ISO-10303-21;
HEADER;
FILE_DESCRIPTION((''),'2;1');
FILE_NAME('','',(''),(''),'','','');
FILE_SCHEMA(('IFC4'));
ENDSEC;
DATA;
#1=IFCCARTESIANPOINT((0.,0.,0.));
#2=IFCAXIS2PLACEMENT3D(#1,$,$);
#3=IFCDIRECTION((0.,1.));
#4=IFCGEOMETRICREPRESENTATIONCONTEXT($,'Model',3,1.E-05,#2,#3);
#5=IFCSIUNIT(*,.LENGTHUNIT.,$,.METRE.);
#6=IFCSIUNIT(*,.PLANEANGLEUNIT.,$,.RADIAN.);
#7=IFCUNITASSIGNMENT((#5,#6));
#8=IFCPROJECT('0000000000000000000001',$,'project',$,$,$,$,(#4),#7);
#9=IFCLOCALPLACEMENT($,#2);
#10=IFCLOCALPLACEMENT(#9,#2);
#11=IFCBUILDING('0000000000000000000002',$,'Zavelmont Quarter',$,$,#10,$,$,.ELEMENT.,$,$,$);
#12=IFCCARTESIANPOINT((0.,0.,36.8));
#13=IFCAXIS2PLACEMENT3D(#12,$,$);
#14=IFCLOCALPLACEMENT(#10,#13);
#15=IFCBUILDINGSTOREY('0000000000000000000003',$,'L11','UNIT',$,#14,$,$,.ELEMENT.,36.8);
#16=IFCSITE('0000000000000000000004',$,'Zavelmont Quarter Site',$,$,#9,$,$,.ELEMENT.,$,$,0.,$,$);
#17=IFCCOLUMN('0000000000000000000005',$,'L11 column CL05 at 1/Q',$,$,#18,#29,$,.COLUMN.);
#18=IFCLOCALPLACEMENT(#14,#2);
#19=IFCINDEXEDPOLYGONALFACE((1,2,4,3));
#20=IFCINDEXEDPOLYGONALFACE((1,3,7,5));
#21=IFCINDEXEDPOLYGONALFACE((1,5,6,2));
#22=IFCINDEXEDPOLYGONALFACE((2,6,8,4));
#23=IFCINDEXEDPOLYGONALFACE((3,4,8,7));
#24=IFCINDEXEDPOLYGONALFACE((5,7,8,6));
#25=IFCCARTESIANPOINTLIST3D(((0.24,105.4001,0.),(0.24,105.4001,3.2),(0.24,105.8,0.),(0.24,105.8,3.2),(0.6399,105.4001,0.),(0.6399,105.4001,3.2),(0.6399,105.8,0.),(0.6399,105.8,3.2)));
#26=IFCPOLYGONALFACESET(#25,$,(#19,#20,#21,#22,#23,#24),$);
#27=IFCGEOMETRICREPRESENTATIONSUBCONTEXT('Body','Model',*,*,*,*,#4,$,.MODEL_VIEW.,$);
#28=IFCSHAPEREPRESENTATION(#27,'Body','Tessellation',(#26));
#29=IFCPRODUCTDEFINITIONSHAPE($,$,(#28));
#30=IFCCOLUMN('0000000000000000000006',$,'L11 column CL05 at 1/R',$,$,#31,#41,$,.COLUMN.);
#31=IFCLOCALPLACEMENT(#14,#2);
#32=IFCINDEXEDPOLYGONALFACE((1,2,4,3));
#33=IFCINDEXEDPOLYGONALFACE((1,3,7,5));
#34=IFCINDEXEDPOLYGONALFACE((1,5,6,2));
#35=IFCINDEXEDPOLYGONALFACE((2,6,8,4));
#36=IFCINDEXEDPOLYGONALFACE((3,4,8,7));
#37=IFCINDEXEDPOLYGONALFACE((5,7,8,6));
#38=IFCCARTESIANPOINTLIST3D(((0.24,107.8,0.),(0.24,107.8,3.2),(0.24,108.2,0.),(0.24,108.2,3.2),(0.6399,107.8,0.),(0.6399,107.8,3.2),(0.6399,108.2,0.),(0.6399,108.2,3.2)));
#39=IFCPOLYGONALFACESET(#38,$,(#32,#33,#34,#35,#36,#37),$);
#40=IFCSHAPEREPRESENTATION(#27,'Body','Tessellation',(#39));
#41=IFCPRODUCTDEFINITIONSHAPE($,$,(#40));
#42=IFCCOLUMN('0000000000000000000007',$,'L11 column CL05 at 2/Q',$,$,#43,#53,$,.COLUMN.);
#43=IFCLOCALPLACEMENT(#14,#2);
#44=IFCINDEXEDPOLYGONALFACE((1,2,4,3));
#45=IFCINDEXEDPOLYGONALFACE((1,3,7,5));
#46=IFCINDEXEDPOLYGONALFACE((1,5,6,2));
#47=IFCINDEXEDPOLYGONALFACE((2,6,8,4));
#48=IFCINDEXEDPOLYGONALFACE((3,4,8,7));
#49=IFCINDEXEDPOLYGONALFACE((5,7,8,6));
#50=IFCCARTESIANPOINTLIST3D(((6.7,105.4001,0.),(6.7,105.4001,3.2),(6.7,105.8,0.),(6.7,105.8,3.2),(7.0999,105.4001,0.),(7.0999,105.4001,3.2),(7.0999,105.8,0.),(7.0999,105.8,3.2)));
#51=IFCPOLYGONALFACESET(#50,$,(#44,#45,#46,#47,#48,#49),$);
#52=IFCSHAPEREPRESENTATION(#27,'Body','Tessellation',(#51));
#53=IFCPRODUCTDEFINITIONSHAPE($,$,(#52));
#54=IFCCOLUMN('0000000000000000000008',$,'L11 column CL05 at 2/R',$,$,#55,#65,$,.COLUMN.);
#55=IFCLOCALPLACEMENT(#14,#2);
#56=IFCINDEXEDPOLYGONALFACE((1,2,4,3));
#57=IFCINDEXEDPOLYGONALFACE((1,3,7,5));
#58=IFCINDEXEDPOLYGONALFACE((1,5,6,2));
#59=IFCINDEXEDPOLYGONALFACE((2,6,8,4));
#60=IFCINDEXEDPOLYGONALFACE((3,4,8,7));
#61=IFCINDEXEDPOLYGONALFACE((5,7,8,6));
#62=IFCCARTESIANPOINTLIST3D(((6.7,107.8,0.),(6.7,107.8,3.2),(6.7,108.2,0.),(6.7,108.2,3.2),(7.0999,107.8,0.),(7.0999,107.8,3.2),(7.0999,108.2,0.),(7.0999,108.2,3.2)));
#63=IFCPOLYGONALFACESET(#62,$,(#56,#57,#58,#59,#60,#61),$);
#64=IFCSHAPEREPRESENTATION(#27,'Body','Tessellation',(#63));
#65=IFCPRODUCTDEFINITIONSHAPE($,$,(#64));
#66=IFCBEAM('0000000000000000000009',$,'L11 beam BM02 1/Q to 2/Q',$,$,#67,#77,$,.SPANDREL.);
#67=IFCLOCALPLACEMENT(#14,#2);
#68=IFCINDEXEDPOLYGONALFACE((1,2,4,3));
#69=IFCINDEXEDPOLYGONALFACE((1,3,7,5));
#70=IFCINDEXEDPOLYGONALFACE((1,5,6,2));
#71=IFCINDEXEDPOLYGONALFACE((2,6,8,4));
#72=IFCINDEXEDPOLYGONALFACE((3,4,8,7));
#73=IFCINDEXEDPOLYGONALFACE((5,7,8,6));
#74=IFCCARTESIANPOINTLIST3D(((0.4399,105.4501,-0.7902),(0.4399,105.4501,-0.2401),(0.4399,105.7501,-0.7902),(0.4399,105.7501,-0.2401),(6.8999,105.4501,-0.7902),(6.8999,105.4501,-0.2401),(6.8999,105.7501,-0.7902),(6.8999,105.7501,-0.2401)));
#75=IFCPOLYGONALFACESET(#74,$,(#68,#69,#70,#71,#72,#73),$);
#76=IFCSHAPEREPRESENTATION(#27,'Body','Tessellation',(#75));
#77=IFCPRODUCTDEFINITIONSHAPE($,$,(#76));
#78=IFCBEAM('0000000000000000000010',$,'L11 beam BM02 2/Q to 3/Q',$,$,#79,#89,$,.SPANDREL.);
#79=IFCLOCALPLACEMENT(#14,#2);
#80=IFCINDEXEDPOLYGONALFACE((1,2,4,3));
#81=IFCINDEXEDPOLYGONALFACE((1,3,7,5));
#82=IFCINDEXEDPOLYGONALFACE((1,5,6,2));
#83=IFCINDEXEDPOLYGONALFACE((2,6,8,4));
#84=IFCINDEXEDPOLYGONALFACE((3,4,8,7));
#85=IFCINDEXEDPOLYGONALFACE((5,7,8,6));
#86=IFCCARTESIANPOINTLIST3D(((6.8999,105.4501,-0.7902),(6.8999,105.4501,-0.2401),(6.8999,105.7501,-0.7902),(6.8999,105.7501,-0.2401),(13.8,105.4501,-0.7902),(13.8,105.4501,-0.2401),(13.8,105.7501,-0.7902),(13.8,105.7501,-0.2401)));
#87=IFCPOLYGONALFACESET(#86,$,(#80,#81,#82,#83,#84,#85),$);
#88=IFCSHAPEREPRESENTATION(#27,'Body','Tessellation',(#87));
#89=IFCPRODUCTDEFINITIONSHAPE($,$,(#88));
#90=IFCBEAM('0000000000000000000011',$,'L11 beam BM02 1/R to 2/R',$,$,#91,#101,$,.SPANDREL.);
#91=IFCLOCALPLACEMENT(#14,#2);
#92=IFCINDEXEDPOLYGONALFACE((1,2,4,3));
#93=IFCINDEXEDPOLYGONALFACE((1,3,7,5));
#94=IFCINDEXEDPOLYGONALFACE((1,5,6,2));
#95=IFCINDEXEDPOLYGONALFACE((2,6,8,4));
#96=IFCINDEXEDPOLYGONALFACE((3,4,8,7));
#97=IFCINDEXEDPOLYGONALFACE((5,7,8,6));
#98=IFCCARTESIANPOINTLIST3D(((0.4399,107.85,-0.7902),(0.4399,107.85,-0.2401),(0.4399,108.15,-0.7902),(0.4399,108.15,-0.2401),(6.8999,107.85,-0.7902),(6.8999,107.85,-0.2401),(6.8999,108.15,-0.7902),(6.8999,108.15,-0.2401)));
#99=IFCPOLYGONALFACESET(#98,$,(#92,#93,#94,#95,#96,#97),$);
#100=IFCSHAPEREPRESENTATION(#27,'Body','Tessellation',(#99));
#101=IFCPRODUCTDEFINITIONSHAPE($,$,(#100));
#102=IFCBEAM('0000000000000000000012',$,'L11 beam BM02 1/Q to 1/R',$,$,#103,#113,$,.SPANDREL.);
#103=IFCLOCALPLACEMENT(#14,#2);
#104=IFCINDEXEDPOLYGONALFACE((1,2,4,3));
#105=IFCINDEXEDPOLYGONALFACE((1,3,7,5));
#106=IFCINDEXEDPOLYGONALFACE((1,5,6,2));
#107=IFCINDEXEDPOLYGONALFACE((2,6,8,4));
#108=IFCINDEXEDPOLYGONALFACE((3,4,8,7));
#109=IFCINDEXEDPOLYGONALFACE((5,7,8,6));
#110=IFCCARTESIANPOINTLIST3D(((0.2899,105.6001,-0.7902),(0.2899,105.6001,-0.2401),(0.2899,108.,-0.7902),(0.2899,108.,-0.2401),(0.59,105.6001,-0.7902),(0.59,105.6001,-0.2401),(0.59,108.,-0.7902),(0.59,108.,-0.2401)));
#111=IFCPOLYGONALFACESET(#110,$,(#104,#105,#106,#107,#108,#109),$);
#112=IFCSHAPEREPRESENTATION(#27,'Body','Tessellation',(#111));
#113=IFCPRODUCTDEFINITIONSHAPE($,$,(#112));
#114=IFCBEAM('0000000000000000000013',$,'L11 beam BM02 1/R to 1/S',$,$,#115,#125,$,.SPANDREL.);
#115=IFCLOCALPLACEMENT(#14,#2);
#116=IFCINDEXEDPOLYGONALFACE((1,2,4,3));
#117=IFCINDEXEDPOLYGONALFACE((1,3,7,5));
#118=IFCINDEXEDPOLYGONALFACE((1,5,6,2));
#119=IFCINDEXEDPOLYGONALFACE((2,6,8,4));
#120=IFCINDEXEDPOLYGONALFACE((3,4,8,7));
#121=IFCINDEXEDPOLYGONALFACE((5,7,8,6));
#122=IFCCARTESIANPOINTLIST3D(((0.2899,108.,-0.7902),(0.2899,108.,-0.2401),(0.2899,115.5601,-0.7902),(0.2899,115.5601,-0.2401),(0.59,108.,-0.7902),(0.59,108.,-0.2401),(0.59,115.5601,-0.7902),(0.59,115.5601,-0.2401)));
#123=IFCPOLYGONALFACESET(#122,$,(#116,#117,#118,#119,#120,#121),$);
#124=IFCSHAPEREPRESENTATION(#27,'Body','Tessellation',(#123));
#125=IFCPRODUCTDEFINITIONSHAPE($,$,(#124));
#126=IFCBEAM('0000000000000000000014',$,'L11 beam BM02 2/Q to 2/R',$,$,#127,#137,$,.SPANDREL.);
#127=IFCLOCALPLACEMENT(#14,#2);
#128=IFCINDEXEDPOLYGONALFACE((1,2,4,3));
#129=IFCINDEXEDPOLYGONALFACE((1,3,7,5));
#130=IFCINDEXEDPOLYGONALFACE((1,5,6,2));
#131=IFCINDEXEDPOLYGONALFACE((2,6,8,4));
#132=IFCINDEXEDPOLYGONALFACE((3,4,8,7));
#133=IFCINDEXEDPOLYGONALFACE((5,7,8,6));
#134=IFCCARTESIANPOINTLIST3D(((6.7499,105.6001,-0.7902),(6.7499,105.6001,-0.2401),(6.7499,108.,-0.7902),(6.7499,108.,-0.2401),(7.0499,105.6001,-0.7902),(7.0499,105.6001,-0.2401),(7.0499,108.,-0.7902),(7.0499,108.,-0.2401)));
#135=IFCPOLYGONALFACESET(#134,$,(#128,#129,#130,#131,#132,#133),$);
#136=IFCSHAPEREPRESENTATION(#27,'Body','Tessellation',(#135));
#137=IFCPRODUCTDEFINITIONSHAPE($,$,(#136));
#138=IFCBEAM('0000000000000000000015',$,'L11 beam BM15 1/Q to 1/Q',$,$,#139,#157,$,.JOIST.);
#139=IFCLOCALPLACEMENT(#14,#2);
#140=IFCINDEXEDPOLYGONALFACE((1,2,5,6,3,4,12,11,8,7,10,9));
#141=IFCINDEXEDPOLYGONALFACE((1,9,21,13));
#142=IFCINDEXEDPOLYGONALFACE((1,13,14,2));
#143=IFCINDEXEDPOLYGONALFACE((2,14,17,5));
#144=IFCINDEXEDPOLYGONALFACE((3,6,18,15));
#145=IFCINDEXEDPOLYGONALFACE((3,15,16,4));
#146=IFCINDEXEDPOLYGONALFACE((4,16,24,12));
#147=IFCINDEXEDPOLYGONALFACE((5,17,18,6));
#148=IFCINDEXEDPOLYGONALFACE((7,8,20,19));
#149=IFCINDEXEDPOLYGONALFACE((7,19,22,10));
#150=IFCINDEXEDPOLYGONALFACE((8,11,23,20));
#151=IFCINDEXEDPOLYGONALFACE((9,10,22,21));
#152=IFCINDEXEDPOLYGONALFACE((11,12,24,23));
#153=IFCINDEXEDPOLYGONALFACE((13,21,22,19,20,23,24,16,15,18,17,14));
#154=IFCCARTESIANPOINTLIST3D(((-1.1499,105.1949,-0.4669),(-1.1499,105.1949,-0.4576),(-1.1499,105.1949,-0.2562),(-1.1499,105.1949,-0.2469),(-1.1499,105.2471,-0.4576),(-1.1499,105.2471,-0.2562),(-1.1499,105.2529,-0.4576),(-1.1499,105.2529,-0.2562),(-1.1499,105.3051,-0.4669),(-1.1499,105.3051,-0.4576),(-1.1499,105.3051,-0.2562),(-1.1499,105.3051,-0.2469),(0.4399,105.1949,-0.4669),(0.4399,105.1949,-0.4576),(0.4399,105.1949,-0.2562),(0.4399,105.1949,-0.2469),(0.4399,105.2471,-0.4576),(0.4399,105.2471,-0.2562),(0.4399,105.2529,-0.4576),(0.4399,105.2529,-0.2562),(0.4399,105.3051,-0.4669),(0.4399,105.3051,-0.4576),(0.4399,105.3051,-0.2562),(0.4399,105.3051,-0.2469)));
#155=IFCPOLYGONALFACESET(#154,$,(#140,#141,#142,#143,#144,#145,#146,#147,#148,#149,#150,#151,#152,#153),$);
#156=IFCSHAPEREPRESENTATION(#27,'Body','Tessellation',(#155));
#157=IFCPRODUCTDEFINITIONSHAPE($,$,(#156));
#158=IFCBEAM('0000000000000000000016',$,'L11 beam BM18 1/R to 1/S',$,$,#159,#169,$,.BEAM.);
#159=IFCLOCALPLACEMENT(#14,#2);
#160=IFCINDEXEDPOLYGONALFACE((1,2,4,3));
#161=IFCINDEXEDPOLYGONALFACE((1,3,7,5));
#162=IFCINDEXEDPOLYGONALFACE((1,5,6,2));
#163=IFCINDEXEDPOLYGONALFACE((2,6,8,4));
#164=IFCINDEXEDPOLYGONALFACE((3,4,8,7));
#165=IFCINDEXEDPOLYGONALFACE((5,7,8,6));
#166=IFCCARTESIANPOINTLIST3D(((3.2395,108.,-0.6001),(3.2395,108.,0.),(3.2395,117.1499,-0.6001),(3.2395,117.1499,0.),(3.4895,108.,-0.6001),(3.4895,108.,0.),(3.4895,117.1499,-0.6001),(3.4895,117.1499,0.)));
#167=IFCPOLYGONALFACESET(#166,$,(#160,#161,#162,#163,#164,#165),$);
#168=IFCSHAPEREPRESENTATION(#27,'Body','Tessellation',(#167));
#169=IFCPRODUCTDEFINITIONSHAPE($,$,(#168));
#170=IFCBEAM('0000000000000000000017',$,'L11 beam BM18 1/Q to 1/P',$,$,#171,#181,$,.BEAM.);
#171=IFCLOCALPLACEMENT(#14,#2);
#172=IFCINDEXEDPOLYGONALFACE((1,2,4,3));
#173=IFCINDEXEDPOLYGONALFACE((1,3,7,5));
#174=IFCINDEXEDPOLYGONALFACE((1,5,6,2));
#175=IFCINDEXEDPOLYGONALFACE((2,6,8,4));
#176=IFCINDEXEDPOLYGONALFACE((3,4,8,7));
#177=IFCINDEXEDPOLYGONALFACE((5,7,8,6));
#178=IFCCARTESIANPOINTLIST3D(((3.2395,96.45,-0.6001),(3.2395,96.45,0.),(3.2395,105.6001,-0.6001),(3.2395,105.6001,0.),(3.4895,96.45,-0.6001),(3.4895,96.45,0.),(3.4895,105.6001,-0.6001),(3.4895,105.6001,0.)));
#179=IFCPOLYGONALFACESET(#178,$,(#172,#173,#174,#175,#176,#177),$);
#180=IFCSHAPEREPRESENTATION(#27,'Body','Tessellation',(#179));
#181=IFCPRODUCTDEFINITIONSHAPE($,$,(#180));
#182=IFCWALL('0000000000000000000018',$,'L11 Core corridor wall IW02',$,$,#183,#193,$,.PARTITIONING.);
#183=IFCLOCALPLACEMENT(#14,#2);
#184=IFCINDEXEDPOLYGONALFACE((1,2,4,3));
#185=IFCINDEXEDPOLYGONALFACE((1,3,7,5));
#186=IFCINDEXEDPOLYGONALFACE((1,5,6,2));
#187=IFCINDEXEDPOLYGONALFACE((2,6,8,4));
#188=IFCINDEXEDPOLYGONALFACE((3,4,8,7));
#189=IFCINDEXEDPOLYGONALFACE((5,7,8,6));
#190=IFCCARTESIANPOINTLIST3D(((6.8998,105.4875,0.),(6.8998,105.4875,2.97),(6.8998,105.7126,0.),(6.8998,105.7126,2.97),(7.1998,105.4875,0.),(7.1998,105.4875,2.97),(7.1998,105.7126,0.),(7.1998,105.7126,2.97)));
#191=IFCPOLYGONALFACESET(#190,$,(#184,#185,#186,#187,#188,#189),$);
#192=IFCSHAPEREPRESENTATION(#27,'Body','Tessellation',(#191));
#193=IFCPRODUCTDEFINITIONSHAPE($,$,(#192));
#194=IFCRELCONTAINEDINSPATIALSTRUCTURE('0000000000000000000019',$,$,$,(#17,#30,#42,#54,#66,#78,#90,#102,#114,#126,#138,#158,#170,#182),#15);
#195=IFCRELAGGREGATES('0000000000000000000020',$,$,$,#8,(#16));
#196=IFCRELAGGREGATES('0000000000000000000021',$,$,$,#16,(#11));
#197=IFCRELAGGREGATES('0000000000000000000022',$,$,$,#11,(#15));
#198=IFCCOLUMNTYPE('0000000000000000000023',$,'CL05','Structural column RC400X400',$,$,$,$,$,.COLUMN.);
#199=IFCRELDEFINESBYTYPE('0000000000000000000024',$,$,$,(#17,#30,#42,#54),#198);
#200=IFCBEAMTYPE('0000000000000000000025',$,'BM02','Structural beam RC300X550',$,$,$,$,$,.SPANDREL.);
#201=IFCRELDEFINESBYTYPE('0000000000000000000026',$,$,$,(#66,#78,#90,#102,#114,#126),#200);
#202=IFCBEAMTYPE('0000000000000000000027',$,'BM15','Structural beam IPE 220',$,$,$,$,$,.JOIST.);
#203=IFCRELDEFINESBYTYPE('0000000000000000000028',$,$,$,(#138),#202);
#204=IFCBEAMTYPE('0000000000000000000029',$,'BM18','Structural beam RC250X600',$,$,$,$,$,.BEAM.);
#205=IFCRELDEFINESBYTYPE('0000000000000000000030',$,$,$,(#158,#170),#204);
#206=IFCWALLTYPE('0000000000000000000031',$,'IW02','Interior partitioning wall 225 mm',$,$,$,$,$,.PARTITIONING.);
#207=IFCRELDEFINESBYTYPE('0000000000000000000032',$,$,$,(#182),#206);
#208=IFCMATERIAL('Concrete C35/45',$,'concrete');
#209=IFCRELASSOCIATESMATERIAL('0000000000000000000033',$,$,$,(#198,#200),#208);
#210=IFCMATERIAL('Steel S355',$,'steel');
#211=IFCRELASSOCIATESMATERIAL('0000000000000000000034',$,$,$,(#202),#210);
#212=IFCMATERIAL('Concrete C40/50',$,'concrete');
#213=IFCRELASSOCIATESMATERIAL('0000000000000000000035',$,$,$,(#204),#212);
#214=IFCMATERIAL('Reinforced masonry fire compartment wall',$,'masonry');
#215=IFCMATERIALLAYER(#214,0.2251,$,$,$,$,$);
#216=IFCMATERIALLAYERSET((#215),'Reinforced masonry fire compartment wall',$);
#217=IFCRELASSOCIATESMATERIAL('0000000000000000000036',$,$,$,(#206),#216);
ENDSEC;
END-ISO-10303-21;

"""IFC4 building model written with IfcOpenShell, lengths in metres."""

from ifc_helpers import new_model, si_unit, direction, frame, frame_2d, origin, origin_2d, place, context, subcontext, project, spatial, rectangle, i_section, extrude, material, layer, layer_set, material_profile, profile_set, type_object, element, save


model = new_model("IFC4")

# Units and contexts
model_context = context("Model", 3, precision=1e-05, world=origin(), true_north=direction((0.0, 1.0)))
body_context = subcontext(model_context, "Body", "Model", "MODEL_VIEW")
ifc_project = project(units=[si_unit("LENGTHUNIT", "METRE"), si_unit("PLANEANGLEUNIT", "RADIAN")], contexts=[model_context])

# Site, building, storey
site_placement = place(None, origin())
site = spatial("IfcSite", under=ifc_project, at=site_placement, Name="Zavelmont Quarter Site", CompositionType="ELEMENT", RefElevation=0.0)
building_placement = place(site_placement, origin())
building = spatial("IfcBuilding", under=site, at=building_placement, Name="Zavelmont Quarter", CompositionType="ELEMENT")
storey_placement = place(building_placement, frame((0.0, 0.0, 36.8)))
storey = spatial("IfcBuildingStorey", under=building, at=storey_placement, Name="L11", Description="UNIT", CompositionType="ELEMENT", Elevation=36.8)

# Columns
ifc_material_1 = material(Name="Concrete C35/45", Category="concrete")
ifc_material_profile_1 = material_profile(ifc_material_1, rectangle(XDim=0.3999, YDim=0.3999, at=origin_2d()), Name="RC400X400")
ifc_profile_set_1 = profile_set([ifc_material_profile_1], Name="Concrete C35/45")
column_type = type_object("IfcColumnType", Name="CL05", Description="Structural column RC400X400", PredefinedType="COLUMN", material=ifc_profile_set_1)
for number, where, z_axis, x_axis, name in (
    (1, (0.4399, 105.6001, 0.0), (0.0, 0.0, 1.0), (1.0, 0.0, 0.0), "L11 column CL05 at 1/Q"),
    (2, (0.4399, 108.0, 0.0), (0.0, 0.0, 1.0), (1.0, 0.0, 0.0), "L11 column CL05 at 1/R"),
    (3, (6.8999, 105.6001, 0.0), (0.0, 0.0, 1.0), (1.0, 0.0, 0.0), "L11 column CL05 at 2/Q"),
    (4, (6.8999, 108.0, 0.0), (0.0, 0.0, 1.0), (1.0, 0.0, 0.0), "L11 column CL05 at 2/R"),
):
    element("IfcColumn", number, at=place(storey_placement, frame(where, z_axis=z_axis, x_axis=x_axis)), inside=storey, type_object=column_type, Name=name, PredefinedType="COLUMN", context=body_context, shape_type="SweptSolid", body=[
        extrude(rectangle(XDim=0.3999, YDim=0.3999, at=origin_2d()), origin(), (0.0, 0.0, 1.0), 3.2),
    ])

# Beams
ifc_material_profile_2 = material_profile(ifc_material_1, rectangle(XDim=0.3, YDim=0.55, at=origin_2d()), Name="RC300X550")
ifc_profile_set_2 = profile_set([ifc_material_profile_2], Name="Concrete C35/45")
beam_type_1 = type_object("IfcBeamType", Name="BM02", Description="Structural beam RC300X550", PredefinedType="SPANDREL", material=ifc_profile_set_2)
beam_1_placement = place(storey_placement, frame((0.4399, 105.6001, -0.5151), z_axis=(1.0, 0.0, 0.0), x_axis=(0.0, 1.0, 0.0)))
element("IfcBeam", 5, at=beam_1_placement, inside=storey, type_object=beam_type_1, Name="L11 beam BM02 1/Q to 2/Q", PredefinedType="SPANDREL", context=body_context, shape_type="SweptSolid", body=[
    extrude(rectangle(XDim=0.3, YDim=0.55, at=origin_2d()), origin(), (0.0, 0.0, 1.0), 6.46),
])
beam_2_placement = place(storey_placement, frame((6.8999, 105.6001, -0.5151), z_axis=(1.0, 0.0, 0.0), x_axis=(0.0, 1.0, 0.0)))
element("IfcBeam", 6, at=beam_2_placement, inside=storey, type_object=beam_type_1, Name="L11 beam BM02 2/Q to 3/Q", PredefinedType="SPANDREL", context=body_context, shape_type="SweptSolid", body=[
    extrude(rectangle(XDim=0.3, YDim=0.55, at=origin_2d()), origin(), (0.0, 0.0, 1.0), 6.9001),
])
beam_3_placement = place(storey_placement, frame((0.4399, 108.0, -0.5151), z_axis=(1.0, 0.0, 0.0), x_axis=(0.0, 1.0, 0.0)))
element("IfcBeam", 7, at=beam_3_placement, inside=storey, type_object=beam_type_1, Name="L11 beam BM02 1/R to 2/R", PredefinedType="SPANDREL", context=body_context, shape_type="SweptSolid", body=[
    extrude(rectangle(XDim=0.3, YDim=0.55, at=origin_2d()), origin(), (0.0, 0.0, 1.0), 6.46),
])
beam_4_placement = place(storey_placement, frame((0.4399, 105.6001, -0.5151), z_axis=(0.0, 1.0, 0.0), x_axis=(-1.0, 0.0, 0.0)))
element("IfcBeam", 8, at=beam_4_placement, inside=storey, type_object=beam_type_1, Name="L11 beam BM02 1/Q to 1/R", PredefinedType="SPANDREL", context=body_context, shape_type="SweptSolid", body=[
    extrude(rectangle(XDim=0.3, YDim=0.55, at=origin_2d()), origin(), (0.0, 0.0, 1.0), 2.3999),
])
beam_5_placement = place(storey_placement, frame((0.4399, 108.0, -0.5151), z_axis=(0.0, 1.0, 0.0), x_axis=(-1.0, 0.0, 0.0)))
element("IfcBeam", 9, at=beam_5_placement, inside=storey, type_object=beam_type_1, Name="L11 beam BM02 1/R to 1/S", PredefinedType="SPANDREL", context=body_context, shape_type="SweptSolid", body=[
    extrude(rectangle(XDim=0.3, YDim=0.55, at=origin_2d()), origin(), (0.0, 0.0, 1.0), 7.5601),
])
beam_6_placement = place(storey_placement, frame((6.8999, 105.6001, -0.5151), z_axis=(0.0, 1.0, 0.0), x_axis=(-1.0, 0.0, 0.0)))
element("IfcBeam", 10, at=beam_6_placement, inside=storey, type_object=beam_type_1, Name="L11 beam BM02 2/Q to 2/R", PredefinedType="SPANDREL", context=body_context, shape_type="SweptSolid", body=[
    extrude(rectangle(XDim=0.3, YDim=0.55, at=origin_2d()), origin(), (0.0, 0.0, 1.0), 2.3999),
])
ifc_material_2 = material(Name="Steel S355", Category="steel")
ifc_material_profile_3 = material_profile(ifc_material_2, i_section(OverallWidth=0.1101, OverallDepth=0.22, WebThickness=0.0059, FlangeThickness=0.0093, at=origin_2d()), Name="IPE 220")
ifc_profile_set_3 = profile_set([ifc_material_profile_3], Name="Steel S355")
beam_type_2 = type_object("IfcBeamType", Name="BM15", Description="Structural beam IPE 220", PredefinedType="JOIST", material=ifc_profile_set_3)
beam_7_placement = place(storey_placement, frame((0.4399, 105.25, -0.3569), z_axis=(-1.0, 0.0, 0.0), x_axis=(0.0, -1.0, 0.0)))
element("IfcBeam", 11, at=beam_7_placement, inside=storey, type_object=beam_type_2, Name="L11 beam BM15 1/Q to 1/Q", PredefinedType="JOIST", context=body_context, shape_type="SweptSolid", body=[
    extrude(i_section(OverallWidth=0.1101, OverallDepth=0.22, WebThickness=0.0059, FlangeThickness=0.0093, at=origin_2d()), origin(), (0.0, 0.0, 1.0), 1.5898),
])
ifc_material_3 = material(Name="Concrete C40/50", Category="concrete")
ifc_material_profile_4 = material_profile(ifc_material_3, rectangle(XDim=0.25, YDim=0.6001, at=origin_2d()), Name="RC250X600")
ifc_profile_set_4 = profile_set([ifc_material_profile_4], Name="Concrete C40/50")
beam_type_3 = type_object("IfcBeamType", Name="BM18", Description="Structural beam RC250X600", PredefinedType="BEAM", material=ifc_profile_set_4)
beam_8_placement = place(storey_placement, frame((3.3645, 108.0, -0.3), z_axis=(0.0, 1.0, 0.0), x_axis=(-1.0, 0.0, 0.0)))
element("IfcBeam", 12, at=beam_8_placement, inside=storey, type_object=beam_type_3, Name="L11 beam BM18 1/R to 1/S", PredefinedType="BEAM", context=body_context, shape_type="SweptSolid", body=[
    extrude(rectangle(XDim=0.25, YDim=0.6001, at=origin_2d()), origin(), (0.0, 0.0, 1.0), 9.1499),
])
beam_9_placement = place(storey_placement, frame((3.3645, 105.6001, -0.3), z_axis=(0.0, -1.0, 0.0), x_axis=(1.0, 0.0, 0.0)))
element("IfcBeam", 13, at=beam_9_placement, inside=storey, type_object=beam_type_3, Name="L11 beam BM18 1/Q to 1/P", PredefinedType="BEAM", context=body_context, shape_type="SweptSolid", body=[
    extrude(rectangle(XDim=0.25, YDim=0.6001, at=origin_2d()), origin(), (0.0, 0.0, 1.0), 9.1501),
])

# Wall
ifc_material_4 = material(Name="Reinforced masonry fire compartment wall", Category="masonry")
ifc_layer_1 = layer(ifc_material_4, 0.2251)
ifc_layer_set_1 = layer_set([ifc_layer_1], Name="Reinforced masonry fire compartment wall")
wall_type_1 = type_object("IfcWallType", Name="IW02", Description="Interior partitioning wall 225 mm", PredefinedType="PARTITIONING", material=ifc_layer_set_1)
wall_1_placement = place(storey_placement, frame((6.8999, 105.6001, 0.0), z_axis=(0.0, 0.0, 1.0), x_axis=(1.0, 0.0, 0.0)))
element("IfcWall", 14, at=wall_1_placement, inside=storey, type_object=wall_type_1, Name="L11 Core corridor wall IW02", PredefinedType="PARTITIONING", context=body_context, shape_type="SweptSolid", body=[
    extrude(rectangle(XDim=0.3, YDim=0.2251, at=frame_2d((0.1499, 0.0))), origin(), (0.0, 0.0, 1.0), 2.97),
])

save(model, "model.ifc")
